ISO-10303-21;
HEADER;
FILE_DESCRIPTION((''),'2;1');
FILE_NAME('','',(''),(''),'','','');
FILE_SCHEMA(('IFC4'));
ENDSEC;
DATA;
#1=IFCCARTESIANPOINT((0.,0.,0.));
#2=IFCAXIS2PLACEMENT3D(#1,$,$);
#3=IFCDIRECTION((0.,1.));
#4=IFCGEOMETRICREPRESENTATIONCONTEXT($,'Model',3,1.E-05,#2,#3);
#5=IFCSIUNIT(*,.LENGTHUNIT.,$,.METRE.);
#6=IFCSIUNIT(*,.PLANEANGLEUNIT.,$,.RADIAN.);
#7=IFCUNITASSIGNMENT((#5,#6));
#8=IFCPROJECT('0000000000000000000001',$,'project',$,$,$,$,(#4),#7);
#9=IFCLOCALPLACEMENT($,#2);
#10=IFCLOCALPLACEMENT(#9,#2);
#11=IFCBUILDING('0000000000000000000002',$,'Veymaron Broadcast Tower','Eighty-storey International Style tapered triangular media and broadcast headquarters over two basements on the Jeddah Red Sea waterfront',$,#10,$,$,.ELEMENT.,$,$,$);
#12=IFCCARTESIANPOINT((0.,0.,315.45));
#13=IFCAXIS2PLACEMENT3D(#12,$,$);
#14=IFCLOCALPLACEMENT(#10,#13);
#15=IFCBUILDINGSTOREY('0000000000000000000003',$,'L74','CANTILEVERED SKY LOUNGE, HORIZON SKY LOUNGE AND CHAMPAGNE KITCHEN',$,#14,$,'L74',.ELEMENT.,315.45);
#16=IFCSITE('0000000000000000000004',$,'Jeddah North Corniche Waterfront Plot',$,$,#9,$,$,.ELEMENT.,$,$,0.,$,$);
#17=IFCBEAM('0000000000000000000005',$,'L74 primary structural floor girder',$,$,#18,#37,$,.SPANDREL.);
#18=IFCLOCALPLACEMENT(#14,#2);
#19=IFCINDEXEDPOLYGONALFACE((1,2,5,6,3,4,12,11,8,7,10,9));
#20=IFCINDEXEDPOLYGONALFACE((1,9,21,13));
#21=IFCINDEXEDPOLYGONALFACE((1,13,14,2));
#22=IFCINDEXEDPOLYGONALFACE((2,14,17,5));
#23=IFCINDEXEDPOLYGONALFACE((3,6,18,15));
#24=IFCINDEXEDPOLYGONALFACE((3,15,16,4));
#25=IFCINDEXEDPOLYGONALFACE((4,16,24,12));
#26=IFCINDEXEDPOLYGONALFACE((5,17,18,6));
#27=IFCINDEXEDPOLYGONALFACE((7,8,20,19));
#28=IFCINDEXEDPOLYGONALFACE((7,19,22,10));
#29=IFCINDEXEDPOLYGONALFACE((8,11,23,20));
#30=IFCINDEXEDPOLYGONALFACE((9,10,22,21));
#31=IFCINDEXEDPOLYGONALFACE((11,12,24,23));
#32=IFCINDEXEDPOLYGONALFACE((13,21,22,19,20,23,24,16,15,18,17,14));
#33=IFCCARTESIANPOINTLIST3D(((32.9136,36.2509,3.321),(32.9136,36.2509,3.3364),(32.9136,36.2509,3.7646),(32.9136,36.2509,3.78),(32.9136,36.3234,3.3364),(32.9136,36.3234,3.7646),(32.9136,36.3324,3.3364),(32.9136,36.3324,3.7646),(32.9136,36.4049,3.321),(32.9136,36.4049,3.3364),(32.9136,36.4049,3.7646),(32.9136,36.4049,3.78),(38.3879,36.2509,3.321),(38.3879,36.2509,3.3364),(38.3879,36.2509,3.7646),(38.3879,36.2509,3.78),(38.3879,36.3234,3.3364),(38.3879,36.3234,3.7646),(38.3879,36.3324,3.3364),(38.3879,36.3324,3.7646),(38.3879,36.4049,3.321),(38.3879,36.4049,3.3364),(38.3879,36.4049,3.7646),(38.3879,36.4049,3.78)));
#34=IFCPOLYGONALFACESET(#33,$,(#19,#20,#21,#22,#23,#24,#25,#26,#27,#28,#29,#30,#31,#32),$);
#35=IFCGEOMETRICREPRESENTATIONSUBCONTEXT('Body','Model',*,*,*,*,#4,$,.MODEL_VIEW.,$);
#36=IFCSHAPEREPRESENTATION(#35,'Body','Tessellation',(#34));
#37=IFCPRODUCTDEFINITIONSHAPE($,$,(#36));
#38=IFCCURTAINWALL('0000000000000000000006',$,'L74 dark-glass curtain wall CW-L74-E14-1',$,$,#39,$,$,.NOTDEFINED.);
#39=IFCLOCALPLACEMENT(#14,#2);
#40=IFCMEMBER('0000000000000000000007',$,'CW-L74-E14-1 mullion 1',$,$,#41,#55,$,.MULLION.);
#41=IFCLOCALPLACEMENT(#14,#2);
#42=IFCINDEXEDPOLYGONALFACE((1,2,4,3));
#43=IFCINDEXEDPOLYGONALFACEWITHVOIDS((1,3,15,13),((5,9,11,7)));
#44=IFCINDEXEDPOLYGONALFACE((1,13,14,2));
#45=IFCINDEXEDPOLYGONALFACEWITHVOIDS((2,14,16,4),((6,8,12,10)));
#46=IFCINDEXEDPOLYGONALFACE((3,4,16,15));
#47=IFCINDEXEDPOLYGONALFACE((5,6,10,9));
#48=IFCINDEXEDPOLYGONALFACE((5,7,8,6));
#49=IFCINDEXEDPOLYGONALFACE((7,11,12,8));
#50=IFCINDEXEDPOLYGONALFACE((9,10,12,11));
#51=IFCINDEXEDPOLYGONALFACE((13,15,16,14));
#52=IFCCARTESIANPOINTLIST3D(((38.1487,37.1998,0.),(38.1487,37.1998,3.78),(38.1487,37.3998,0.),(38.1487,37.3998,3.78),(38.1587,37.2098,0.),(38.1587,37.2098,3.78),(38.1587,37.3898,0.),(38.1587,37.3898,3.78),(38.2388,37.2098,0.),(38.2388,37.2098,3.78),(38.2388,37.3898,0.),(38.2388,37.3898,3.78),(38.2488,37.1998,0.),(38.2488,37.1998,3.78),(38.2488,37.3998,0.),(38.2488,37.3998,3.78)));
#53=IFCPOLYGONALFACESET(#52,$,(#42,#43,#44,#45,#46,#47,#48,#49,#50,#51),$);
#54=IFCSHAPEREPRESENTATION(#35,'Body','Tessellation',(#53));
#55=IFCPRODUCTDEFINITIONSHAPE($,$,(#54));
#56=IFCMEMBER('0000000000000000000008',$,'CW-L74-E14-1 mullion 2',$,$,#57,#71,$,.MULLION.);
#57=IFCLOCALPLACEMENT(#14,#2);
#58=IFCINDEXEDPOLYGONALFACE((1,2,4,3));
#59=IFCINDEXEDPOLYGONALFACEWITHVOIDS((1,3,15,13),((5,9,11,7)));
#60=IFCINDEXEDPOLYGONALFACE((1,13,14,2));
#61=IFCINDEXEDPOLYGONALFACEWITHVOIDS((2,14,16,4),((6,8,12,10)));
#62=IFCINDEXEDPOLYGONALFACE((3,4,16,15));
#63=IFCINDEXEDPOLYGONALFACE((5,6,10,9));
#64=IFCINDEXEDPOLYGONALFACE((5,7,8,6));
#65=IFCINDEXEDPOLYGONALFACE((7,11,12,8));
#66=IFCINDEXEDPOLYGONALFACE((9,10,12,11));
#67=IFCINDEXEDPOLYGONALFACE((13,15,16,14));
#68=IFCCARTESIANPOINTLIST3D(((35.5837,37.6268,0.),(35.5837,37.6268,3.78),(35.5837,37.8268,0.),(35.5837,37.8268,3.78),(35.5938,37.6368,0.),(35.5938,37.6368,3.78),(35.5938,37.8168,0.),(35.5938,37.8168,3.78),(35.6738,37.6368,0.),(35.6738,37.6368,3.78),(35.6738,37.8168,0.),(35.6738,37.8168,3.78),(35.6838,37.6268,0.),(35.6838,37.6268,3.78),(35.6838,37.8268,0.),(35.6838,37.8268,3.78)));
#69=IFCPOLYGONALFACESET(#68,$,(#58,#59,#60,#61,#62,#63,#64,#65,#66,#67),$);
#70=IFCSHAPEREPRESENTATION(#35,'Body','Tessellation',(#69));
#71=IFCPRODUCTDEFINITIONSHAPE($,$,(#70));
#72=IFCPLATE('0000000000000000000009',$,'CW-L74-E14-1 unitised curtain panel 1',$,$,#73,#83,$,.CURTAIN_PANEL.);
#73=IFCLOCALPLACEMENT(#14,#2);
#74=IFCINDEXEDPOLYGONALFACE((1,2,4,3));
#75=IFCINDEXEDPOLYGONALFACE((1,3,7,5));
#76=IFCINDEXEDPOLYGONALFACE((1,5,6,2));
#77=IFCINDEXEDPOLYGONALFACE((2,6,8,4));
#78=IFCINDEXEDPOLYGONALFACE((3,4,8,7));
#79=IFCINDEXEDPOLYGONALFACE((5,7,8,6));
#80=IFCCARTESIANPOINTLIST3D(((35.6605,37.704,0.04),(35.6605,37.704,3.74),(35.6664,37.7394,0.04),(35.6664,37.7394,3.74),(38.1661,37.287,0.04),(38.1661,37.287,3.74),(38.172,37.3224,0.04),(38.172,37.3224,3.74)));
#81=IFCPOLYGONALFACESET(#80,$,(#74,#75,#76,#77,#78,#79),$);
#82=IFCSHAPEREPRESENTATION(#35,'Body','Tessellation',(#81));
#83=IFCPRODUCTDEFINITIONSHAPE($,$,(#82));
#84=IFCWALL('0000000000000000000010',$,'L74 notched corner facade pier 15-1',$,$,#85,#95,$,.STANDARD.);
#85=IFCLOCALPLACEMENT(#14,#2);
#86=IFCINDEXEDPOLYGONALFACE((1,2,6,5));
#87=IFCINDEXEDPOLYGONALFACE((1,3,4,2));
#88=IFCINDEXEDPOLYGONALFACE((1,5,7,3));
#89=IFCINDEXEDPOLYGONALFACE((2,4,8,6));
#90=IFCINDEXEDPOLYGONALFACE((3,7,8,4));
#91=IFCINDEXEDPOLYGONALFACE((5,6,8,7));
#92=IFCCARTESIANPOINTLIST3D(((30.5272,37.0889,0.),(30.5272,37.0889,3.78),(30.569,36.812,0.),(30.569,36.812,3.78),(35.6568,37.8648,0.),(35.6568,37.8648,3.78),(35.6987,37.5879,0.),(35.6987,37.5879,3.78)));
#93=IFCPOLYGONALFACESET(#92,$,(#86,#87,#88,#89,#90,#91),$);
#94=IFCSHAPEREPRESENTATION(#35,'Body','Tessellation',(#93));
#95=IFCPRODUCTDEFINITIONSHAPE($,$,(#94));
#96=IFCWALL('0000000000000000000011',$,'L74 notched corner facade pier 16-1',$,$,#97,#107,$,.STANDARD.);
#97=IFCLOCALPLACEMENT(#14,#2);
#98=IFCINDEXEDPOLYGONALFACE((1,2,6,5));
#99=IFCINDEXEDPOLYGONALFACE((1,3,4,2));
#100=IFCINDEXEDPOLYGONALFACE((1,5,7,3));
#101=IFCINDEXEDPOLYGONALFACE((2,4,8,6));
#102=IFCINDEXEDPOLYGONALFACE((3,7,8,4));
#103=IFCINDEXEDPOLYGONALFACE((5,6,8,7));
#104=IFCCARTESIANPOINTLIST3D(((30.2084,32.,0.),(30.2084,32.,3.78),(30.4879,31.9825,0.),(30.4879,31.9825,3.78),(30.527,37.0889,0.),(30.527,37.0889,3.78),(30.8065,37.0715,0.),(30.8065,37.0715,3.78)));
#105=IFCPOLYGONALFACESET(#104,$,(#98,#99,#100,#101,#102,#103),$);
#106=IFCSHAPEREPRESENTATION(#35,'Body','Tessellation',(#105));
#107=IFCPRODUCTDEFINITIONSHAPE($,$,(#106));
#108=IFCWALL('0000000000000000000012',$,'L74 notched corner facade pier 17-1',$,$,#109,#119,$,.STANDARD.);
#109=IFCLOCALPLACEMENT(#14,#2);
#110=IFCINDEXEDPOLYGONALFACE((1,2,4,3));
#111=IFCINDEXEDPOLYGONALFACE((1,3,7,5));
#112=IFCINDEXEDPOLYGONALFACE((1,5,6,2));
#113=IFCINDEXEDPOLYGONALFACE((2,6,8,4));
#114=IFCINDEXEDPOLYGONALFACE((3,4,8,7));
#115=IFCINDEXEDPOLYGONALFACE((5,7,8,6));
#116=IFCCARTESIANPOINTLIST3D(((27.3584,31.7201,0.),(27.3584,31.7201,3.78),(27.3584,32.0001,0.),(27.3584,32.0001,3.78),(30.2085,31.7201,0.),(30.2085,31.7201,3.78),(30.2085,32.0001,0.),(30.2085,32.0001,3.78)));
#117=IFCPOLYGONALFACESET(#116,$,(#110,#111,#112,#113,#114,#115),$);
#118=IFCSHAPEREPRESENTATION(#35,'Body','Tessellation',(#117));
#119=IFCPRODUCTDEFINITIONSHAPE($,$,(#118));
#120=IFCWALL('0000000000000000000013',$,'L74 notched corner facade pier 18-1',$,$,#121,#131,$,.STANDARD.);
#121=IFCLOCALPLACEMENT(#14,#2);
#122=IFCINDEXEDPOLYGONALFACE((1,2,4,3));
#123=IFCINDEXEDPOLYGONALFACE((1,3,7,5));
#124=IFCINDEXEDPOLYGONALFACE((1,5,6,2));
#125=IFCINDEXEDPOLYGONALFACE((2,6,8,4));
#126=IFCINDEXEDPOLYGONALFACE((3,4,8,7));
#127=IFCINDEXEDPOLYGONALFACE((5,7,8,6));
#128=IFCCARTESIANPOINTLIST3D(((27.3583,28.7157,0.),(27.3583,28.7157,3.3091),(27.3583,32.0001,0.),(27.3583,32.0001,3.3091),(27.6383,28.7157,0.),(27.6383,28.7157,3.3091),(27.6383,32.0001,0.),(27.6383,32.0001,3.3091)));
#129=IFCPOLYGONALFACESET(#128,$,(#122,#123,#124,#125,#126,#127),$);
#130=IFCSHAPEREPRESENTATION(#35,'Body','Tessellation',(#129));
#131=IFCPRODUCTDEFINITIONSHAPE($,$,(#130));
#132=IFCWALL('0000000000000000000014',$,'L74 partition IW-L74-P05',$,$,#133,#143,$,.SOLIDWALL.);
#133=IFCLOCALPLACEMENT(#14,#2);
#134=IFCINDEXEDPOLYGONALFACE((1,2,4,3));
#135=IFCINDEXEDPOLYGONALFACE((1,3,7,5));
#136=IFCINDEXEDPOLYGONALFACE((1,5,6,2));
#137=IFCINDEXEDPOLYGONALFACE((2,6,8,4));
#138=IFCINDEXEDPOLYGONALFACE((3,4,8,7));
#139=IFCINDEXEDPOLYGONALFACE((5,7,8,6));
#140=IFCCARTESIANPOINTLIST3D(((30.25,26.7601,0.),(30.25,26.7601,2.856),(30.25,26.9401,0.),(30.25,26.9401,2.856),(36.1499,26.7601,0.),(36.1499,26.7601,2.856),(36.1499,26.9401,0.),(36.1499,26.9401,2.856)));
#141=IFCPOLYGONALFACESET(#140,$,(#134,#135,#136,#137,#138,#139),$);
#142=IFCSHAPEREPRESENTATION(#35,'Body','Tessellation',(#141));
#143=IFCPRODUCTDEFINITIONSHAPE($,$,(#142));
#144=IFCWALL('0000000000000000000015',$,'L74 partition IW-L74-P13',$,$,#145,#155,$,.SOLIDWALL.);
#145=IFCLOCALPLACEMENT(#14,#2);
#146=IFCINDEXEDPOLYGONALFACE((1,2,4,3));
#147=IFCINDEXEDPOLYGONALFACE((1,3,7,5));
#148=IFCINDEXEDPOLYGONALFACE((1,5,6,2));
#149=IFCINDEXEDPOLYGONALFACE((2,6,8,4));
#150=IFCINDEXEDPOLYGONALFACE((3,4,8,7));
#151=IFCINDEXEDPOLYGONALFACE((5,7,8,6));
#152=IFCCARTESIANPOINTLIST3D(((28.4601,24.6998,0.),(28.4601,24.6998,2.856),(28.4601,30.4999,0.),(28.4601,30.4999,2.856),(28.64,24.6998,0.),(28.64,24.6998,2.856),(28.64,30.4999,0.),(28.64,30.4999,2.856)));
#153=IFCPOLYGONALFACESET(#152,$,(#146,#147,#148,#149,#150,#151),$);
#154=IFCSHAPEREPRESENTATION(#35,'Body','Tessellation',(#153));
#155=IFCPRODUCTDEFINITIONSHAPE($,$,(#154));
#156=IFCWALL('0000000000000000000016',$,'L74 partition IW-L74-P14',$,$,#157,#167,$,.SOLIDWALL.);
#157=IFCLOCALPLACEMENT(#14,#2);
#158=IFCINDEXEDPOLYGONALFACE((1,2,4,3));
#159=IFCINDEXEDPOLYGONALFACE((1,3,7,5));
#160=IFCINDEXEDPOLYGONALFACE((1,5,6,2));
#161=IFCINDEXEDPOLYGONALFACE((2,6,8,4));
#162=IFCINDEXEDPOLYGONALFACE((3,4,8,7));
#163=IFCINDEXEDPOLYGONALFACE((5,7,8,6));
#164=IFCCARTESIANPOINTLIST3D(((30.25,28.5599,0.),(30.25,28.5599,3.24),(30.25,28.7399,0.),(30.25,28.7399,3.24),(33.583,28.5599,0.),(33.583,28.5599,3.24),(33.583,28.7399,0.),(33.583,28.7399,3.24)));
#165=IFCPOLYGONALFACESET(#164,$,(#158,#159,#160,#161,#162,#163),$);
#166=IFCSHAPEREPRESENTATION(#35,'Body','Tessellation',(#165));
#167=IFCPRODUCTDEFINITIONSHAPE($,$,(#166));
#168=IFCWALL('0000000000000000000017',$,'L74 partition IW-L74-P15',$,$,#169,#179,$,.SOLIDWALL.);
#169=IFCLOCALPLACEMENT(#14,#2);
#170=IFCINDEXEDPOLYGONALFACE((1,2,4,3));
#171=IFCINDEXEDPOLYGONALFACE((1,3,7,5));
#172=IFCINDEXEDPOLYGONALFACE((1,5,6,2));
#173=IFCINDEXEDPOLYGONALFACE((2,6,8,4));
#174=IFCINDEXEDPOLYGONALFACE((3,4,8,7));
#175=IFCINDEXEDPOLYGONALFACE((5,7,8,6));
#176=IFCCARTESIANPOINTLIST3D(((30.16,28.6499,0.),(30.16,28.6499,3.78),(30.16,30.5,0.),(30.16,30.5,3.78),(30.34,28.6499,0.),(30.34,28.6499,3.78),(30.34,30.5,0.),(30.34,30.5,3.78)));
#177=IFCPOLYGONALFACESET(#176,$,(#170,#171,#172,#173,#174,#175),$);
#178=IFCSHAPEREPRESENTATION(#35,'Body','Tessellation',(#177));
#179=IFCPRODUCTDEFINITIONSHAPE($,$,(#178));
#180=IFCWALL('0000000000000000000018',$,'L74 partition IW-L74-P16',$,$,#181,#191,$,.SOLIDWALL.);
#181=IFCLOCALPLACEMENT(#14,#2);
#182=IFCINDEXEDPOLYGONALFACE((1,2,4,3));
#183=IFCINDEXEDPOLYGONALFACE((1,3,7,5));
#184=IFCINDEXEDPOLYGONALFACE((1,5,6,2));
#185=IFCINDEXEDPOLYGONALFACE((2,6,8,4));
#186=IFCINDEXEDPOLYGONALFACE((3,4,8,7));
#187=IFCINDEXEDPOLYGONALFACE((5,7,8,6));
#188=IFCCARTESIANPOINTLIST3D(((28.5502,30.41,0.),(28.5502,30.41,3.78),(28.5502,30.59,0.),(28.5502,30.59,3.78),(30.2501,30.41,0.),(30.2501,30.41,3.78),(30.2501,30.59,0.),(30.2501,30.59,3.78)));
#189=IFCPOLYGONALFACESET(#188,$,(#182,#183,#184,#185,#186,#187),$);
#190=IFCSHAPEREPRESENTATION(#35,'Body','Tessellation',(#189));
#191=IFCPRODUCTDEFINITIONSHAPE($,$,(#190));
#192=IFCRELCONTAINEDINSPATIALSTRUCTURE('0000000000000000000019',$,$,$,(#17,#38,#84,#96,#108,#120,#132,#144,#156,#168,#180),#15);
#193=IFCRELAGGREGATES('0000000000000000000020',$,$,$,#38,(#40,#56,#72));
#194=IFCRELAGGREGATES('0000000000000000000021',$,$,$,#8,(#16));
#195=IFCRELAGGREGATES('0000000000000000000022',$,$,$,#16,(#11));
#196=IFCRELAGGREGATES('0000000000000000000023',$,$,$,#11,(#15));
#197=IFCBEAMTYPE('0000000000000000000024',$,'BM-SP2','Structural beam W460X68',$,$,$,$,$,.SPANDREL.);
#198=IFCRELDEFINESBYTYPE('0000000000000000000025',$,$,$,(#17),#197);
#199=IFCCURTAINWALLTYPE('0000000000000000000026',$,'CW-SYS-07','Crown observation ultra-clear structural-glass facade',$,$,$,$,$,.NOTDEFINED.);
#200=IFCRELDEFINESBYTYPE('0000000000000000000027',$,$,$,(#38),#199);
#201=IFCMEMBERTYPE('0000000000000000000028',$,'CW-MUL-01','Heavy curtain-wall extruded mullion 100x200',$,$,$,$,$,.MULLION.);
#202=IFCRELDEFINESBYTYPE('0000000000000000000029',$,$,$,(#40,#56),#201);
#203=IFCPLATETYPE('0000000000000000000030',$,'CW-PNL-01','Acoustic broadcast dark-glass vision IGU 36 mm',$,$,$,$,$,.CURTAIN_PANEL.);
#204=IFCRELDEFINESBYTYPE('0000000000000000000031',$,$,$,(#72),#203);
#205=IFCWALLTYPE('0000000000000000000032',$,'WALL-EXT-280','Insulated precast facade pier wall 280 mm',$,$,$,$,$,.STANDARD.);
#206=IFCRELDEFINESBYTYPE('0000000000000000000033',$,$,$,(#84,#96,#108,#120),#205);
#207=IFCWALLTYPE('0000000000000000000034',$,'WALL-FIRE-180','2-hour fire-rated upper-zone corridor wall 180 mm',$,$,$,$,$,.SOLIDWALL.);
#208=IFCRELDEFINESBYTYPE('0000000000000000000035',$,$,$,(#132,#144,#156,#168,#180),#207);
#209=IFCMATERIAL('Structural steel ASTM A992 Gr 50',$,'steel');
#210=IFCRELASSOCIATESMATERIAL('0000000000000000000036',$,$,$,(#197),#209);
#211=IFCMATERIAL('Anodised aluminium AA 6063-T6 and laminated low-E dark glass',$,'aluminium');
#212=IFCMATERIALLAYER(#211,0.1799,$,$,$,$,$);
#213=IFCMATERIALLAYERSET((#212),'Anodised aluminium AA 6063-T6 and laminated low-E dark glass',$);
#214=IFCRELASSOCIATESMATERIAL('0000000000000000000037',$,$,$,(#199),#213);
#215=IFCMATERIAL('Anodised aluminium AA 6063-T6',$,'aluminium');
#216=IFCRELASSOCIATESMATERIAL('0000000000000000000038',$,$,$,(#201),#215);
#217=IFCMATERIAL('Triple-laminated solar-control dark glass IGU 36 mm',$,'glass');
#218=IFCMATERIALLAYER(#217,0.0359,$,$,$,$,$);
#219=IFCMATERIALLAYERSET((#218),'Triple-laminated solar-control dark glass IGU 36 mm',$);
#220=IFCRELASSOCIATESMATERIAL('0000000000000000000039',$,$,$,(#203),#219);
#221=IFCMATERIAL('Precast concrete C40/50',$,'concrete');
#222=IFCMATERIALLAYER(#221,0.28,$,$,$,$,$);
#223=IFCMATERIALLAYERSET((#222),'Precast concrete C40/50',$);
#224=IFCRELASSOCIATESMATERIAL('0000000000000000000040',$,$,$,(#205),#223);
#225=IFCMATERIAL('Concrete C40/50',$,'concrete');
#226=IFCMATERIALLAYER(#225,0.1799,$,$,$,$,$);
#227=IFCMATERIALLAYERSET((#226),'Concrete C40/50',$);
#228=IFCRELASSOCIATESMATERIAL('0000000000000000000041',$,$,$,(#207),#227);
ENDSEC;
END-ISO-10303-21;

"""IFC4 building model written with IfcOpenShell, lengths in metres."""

from ifc_helpers import new_model, si_unit, direction, frame, frame_2d, origin, origin_2d, place, context, subcontext, project, spatial, rectangle, hollow_rectangle, i_section, extrude, material, layer, layer_set, material_profile, profile_set, type_object, element, aggregate, save


model = new_model("IFC4")

# Units and contexts
model_context = context("Model", 3, precision=1e-05, world=origin(), true_north=direction((0.0, 1.0)))
body_context = subcontext(model_context, "Body", "Model", "MODEL_VIEW")
ifc_project = project(units=[si_unit("LENGTHUNIT", "METRE"), si_unit("PLANEANGLEUNIT", "RADIAN")], contexts=[model_context])

# Site, building, storey
site_placement = place(None, origin())
site = spatial("IfcSite", under=ifc_project, at=site_placement, Name="Jeddah North Corniche Waterfront Plot", CompositionType="ELEMENT", RefElevation=0.0)
building_placement = place(site_placement, origin())
building = spatial("IfcBuilding", under=site, at=building_placement, Name="Veymaron Broadcast Tower", Description="Eighty-storey International Style tapered triangular media and broadcast headquarters over two basements on the Jeddah Red Sea waterfront", CompositionType="ELEMENT")
storey_placement = place(building_placement, frame((0.0, 0.0, 315.45)))
storey = spatial("IfcBuildingStorey", under=building, at=storey_placement, Name="L74", Description="CANTILEVERED SKY LOUNGE, HORIZON SKY LOUNGE AND CHAMPAGNE KITCHEN", LongName="L74", CompositionType="ELEMENT", Elevation=315.45)

# Shared definitions
ifc_material_1 = material(Name="Structural steel ASTM A992 Gr 50", Category="steel")

# Beam
ifc_material_profile_1 = material_profile(ifc_material_1, i_section(OverallWidth=0.1541, OverallDepth=0.459, WebThickness=0.009, FlangeThickness=0.0154, at=origin_2d()), Name="W460X68")
ifc_profile_set_1 = profile_set([ifc_material_profile_1], Name="Structural steel ASTM A992 Gr 50")
beam_type_1 = type_object("IfcBeamType", Name="BM-SP2", Description="Structural beam W460X68", PredefinedType="SPANDREL", material=ifc_profile_set_1)
beam_1_placement = place(storey_placement, frame((32.9136, 36.3279, 3.5505), z_axis=(1.0, 0.0, 0.0), x_axis=(0.0, 1.0, 0.0)))
element("IfcBeam", 1, at=beam_1_placement, inside=storey, type_object=beam_type_1, Name="L74 primary structural floor girder", PredefinedType="SPANDREL", context=body_context, shape_type="SweptSolid", body=[
    extrude(i_section(OverallWidth=0.1541, OverallDepth=0.459, WebThickness=0.009, FlangeThickness=0.0154, at=origin_2d()), origin(), (0.0, 0.0, 1.0), 5.4744),
])

# Curtain wall, members, plate
ifc_material_2 = material(Name="Anodised aluminium AA 6063-T6 and laminated low-E dark glass", Category="aluminium")
ifc_layer_1 = layer(ifc_material_2, 0.1799)
ifc_layer_set_1 = layer_set([ifc_layer_1], Name="Anodised aluminium AA 6063-T6 and laminated low-E dark glass")
curtain_wall_type = type_object("IfcCurtainWallType", Name="CW-SYS-07", Description="Crown observation ultra-clear structural-glass facade", PredefinedType="NOTDEFINED", material=ifc_layer_set_1)
curtain_wall_placement = place(storey_placement, origin())
curtain_wall = element("IfcCurtainWall", 2, at=curtain_wall_placement, inside=storey, type_object=curtain_wall_type, Name="L74 dark-glass curtain wall CW-L74-E14-1", PredefinedType="NOTDEFINED")
ifc_material_3 = material(Name="Anodised aluminium AA 6063-T6", Category="aluminium")
ifc_material_profile_2 = material_profile(ifc_material_3, hollow_rectangle(XDim=0.1001, YDim=0.2, WallThickness=0.01, at=origin_2d()), Name="RHS200X100X10")
ifc_profile_set_2 = profile_set([ifc_material_profile_2], Name="Anodised aluminium AA 6063-T6")
member_type = type_object("IfcMemberType", Name="CW-MUL-01", Description="Heavy curtain-wall extruded mullion 100x200", PredefinedType="MULLION", material=ifc_profile_set_2)
member_1_placement = place(storey_placement, frame((38.1987, 37.2998, 0.0), z_axis=(0.0, 0.0, 1.0), x_axis=(1.0, 0.0, 0.0)))
member_1 = element("IfcMember", 3, at=member_1_placement, type_object=member_type, Name="CW-L74-E14-1 mullion 1", PredefinedType="MULLION", context=body_context, shape_type="SweptSolid", body=[
    extrude(hollow_rectangle(XDim=0.1001, YDim=0.2, WallThickness=0.01, at=origin_2d()), origin(), (0.0, 0.0, 1.0), 3.78),
])
member_2_placement = place(storey_placement, frame((35.6338, 37.7268, 0.0), z_axis=(0.0, 0.0, 1.0), x_axis=(1.0, 0.0, 0.0)))
member_2 = element("IfcMember", 4, at=member_2_placement, type_object=member_type, Name="CW-L74-E14-1 mullion 2", PredefinedType="MULLION", context=body_context, shape_type="SweptSolid", body=[
    extrude(hollow_rectangle(XDim=0.1001, YDim=0.2, WallThickness=0.01, at=origin_2d()), origin(), (0.0, 0.0, 1.0), 3.78),
])
ifc_material_4 = material(Name="Triple-laminated solar-control dark glass IGU 36 mm", Category="glass")
ifc_layer_2 = layer(ifc_material_4, 0.0359)
ifc_layer_set_2 = layer_set([ifc_layer_2], Name="Triple-laminated solar-control dark glass IGU 36 mm")
plate_type = type_object("IfcPlateType", Name="CW-PNL-01", Description="Acoustic broadcast dark-glass vision IGU 36 mm", PredefinedType="CURTAIN_PANEL", material=ifc_layer_set_2)
plate_placement = place(storey_placement, frame((36.9163, 37.5132, 0.04), z_axis=(0.0, 0.0, 1.0), x_axis=(-0.986435, 0.164152, 0.0)))
plate = element("IfcPlate", 5, at=plate_placement, type_object=plate_type, Name="CW-L74-E14-1 unitised curtain panel 1", PredefinedType="CURTAIN_PANEL", context=body_context, shape_type="SweptSolid", body=[
    extrude(rectangle(XDim=2.54, YDim=0.0359, at=origin_2d()), origin(), (0.0, 0.0, 1.0), 3.7),
])
aggregate(curtain_wall, [member_1, member_2, plate])

# Walls
ifc_material_5 = material(Name="Precast concrete C40/50", Category="concrete")
ifc_layer_3 = layer(ifc_material_5, 0.28)
ifc_layer_set_3 = layer_set([ifc_layer_3], Name="Precast concrete C40/50")
wall_type_1 = type_object("IfcWallType", Name="WALL-EXT-280", Description="Insulated precast facade pier wall 280 mm", PredefinedType="STANDARD", material=ifc_layer_set_3)
wall_1_placement = place(storey_placement, frame((35.6777, 37.7263, 0.0), z_axis=(0.0, 0.0, 1.0), x_axis=(-0.988754, -0.149553, 0.0)))
element("IfcWall", 6, at=wall_1_placement, inside=storey, type_object=wall_type_1, Name="L74 notched corner facade pier 15-1", PredefinedType="STANDARD", context=body_context, shape_type="SweptSolid", body=[
    extrude(rectangle(XDim=5.188, YDim=0.28, at=frame_2d((2.594, 0.0))), origin(), (0.0, 0.0, 1.0), 3.78),
])
wall_2_placement = place(storey_placement, frame((30.6667, 37.0801, 0.0), z_axis=(0.0, 0.0, 1.0), x_axis=(-0.062486, -0.998046, 0.0)))
element("IfcWall", 7, at=wall_2_placement, inside=storey, type_object=wall_type_1, Name="L74 notched corner facade pier 16-1", PredefinedType="STANDARD", context=body_context, shape_type="SweptSolid", body=[
    extrude(rectangle(XDim=5.0989, YDim=0.28, at=frame_2d((2.5493, 0.0))), origin(), (0.0, 0.0, 1.0), 3.78),
])
wall_3_placement = place(storey_placement, frame((30.2085, 31.8601, 0.0), z_axis=(0.0, 0.0, 1.0), x_axis=(-1.0, 0.0, 0.0)))
element("IfcWall", 8, at=wall_3_placement, inside=storey, type_object=wall_type_1, Name="L74 notched corner facade pier 17-1", PredefinedType="STANDARD", context=body_context, shape_type="SweptSolid", body=[
    extrude(rectangle(XDim=2.8501, YDim=0.28, at=frame_2d((1.425, 0.0))), origin(), (0.0, 0.0, 1.0), 3.78),
])
wall_4_placement = place(storey_placement, frame((27.4983, 32.0, 0.0), z_axis=(0.0, 0.0, 1.0), x_axis=(0.0, -1.0, 0.0)))
element("IfcWall", 9, at=wall_4_placement, inside=storey, type_object=wall_type_1, Name="L74 notched corner facade pier 18-1", PredefinedType="STANDARD", context=body_context, shape_type="SweptSolid", body=[
    extrude(rectangle(XDim=3.2844, YDim=0.28, at=frame_2d((1.6421, 0.0))), origin(), (0.0, 0.0, 1.0), 3.3091),
])

# Shared definitions
ifc_material_6 = material(Name="Concrete C40/50", Category="concrete")
ifc_layer_4 = layer(ifc_material_6, 0.1799)
ifc_layer_set_4 = layer_set([ifc_layer_4], Name="Concrete C40/50")
wall_type_2 = type_object("IfcWallType", Name="WALL-FIRE-180", Description="2-hour fire-rated upper-zone corridor wall 180 mm", PredefinedType="SOLIDWALL", material=ifc_layer_set_4)

# Walls
wall_5_placement = place(storey_placement, frame((30.25, 26.8501, 0.0), z_axis=(0.0, 0.0, 1.0), x_axis=(1.0, 0.0, 0.0)))
element("IfcWall", 10, at=wall_5_placement, inside=storey, type_object=wall_type_2, Name="L74 partition IW-L74-P05", PredefinedType="SOLIDWALL", context=body_context, shape_type="SweptSolid", body=[
    extrude(rectangle(XDim=5.8999, YDim=0.1799, at=frame_2d((2.95, 0.0))), origin(), (0.0, 0.0, 1.0), 2.856),
])
wall_6_placement = place(storey_placement, frame((28.55, 24.7, 0.0), z_axis=(0.0, 0.0, 1.0), x_axis=(0.0, 1.0, 0.0)))
element("IfcWall", 11, at=wall_6_placement, inside=storey, type_object=wall_type_2, Name="L74 partition IW-L74-P13", PredefinedType="SOLIDWALL", context=body_context, shape_type="SweptSolid", body=[
    extrude(rectangle(XDim=5.8, YDim=0.1799, at=frame_2d((2.8999, 0.0))), origin(), (0.0, 0.0, 1.0), 2.856),
])
wall_7_placement = place(storey_placement, frame((30.25, 28.6499, 0.0), z_axis=(0.0, 0.0, 1.0), x_axis=(1.0, 0.0, 0.0)))
element("IfcWall", 12, at=wall_7_placement, inside=storey, type_object=wall_type_2, Name="L74 partition IW-L74-P14", PredefinedType="SOLIDWALL", context=body_context, shape_type="SweptSolid", body=[
    extrude(rectangle(XDim=3.333, YDim=0.1799, at=frame_2d((1.6665, 0.0))), origin(), (0.0, 0.0, 1.0), 3.24),
])
wall_8_placement = place(storey_placement, frame((30.25, 28.6499, 0.0), z_axis=(0.0, 0.0, 1.0), x_axis=(0.0, 1.0, 0.0)))
element("IfcWall", 13, at=wall_8_placement, inside=storey, type_object=wall_type_2, Name="L74 partition IW-L74-P15", PredefinedType="SOLIDWALL", context=body_context, shape_type="SweptSolid", body=[
    extrude(rectangle(XDim=1.8501, YDim=0.1799, at=frame_2d((0.925, 0.0))), origin(), (0.0, 0.0, 1.0), 3.78),
])
wall_9_placement = place(storey_placement, frame((28.55, 30.5, 0.0), z_axis=(0.0, 0.0, 1.0), x_axis=(1.0, 0.0, 0.0)))
element("IfcWall", 14, at=wall_9_placement, inside=storey, type_object=wall_type_2, Name="L74 partition IW-L74-P16", PredefinedType="SOLIDWALL", context=body_context, shape_type="SweptSolid", body=[
    extrude(rectangle(XDim=1.7, YDim=0.1799, at=frame_2d((0.8501, 0.0))), origin(), (0.0, 0.0, 1.0), 3.78),
])

save(model, "model.ifc")
